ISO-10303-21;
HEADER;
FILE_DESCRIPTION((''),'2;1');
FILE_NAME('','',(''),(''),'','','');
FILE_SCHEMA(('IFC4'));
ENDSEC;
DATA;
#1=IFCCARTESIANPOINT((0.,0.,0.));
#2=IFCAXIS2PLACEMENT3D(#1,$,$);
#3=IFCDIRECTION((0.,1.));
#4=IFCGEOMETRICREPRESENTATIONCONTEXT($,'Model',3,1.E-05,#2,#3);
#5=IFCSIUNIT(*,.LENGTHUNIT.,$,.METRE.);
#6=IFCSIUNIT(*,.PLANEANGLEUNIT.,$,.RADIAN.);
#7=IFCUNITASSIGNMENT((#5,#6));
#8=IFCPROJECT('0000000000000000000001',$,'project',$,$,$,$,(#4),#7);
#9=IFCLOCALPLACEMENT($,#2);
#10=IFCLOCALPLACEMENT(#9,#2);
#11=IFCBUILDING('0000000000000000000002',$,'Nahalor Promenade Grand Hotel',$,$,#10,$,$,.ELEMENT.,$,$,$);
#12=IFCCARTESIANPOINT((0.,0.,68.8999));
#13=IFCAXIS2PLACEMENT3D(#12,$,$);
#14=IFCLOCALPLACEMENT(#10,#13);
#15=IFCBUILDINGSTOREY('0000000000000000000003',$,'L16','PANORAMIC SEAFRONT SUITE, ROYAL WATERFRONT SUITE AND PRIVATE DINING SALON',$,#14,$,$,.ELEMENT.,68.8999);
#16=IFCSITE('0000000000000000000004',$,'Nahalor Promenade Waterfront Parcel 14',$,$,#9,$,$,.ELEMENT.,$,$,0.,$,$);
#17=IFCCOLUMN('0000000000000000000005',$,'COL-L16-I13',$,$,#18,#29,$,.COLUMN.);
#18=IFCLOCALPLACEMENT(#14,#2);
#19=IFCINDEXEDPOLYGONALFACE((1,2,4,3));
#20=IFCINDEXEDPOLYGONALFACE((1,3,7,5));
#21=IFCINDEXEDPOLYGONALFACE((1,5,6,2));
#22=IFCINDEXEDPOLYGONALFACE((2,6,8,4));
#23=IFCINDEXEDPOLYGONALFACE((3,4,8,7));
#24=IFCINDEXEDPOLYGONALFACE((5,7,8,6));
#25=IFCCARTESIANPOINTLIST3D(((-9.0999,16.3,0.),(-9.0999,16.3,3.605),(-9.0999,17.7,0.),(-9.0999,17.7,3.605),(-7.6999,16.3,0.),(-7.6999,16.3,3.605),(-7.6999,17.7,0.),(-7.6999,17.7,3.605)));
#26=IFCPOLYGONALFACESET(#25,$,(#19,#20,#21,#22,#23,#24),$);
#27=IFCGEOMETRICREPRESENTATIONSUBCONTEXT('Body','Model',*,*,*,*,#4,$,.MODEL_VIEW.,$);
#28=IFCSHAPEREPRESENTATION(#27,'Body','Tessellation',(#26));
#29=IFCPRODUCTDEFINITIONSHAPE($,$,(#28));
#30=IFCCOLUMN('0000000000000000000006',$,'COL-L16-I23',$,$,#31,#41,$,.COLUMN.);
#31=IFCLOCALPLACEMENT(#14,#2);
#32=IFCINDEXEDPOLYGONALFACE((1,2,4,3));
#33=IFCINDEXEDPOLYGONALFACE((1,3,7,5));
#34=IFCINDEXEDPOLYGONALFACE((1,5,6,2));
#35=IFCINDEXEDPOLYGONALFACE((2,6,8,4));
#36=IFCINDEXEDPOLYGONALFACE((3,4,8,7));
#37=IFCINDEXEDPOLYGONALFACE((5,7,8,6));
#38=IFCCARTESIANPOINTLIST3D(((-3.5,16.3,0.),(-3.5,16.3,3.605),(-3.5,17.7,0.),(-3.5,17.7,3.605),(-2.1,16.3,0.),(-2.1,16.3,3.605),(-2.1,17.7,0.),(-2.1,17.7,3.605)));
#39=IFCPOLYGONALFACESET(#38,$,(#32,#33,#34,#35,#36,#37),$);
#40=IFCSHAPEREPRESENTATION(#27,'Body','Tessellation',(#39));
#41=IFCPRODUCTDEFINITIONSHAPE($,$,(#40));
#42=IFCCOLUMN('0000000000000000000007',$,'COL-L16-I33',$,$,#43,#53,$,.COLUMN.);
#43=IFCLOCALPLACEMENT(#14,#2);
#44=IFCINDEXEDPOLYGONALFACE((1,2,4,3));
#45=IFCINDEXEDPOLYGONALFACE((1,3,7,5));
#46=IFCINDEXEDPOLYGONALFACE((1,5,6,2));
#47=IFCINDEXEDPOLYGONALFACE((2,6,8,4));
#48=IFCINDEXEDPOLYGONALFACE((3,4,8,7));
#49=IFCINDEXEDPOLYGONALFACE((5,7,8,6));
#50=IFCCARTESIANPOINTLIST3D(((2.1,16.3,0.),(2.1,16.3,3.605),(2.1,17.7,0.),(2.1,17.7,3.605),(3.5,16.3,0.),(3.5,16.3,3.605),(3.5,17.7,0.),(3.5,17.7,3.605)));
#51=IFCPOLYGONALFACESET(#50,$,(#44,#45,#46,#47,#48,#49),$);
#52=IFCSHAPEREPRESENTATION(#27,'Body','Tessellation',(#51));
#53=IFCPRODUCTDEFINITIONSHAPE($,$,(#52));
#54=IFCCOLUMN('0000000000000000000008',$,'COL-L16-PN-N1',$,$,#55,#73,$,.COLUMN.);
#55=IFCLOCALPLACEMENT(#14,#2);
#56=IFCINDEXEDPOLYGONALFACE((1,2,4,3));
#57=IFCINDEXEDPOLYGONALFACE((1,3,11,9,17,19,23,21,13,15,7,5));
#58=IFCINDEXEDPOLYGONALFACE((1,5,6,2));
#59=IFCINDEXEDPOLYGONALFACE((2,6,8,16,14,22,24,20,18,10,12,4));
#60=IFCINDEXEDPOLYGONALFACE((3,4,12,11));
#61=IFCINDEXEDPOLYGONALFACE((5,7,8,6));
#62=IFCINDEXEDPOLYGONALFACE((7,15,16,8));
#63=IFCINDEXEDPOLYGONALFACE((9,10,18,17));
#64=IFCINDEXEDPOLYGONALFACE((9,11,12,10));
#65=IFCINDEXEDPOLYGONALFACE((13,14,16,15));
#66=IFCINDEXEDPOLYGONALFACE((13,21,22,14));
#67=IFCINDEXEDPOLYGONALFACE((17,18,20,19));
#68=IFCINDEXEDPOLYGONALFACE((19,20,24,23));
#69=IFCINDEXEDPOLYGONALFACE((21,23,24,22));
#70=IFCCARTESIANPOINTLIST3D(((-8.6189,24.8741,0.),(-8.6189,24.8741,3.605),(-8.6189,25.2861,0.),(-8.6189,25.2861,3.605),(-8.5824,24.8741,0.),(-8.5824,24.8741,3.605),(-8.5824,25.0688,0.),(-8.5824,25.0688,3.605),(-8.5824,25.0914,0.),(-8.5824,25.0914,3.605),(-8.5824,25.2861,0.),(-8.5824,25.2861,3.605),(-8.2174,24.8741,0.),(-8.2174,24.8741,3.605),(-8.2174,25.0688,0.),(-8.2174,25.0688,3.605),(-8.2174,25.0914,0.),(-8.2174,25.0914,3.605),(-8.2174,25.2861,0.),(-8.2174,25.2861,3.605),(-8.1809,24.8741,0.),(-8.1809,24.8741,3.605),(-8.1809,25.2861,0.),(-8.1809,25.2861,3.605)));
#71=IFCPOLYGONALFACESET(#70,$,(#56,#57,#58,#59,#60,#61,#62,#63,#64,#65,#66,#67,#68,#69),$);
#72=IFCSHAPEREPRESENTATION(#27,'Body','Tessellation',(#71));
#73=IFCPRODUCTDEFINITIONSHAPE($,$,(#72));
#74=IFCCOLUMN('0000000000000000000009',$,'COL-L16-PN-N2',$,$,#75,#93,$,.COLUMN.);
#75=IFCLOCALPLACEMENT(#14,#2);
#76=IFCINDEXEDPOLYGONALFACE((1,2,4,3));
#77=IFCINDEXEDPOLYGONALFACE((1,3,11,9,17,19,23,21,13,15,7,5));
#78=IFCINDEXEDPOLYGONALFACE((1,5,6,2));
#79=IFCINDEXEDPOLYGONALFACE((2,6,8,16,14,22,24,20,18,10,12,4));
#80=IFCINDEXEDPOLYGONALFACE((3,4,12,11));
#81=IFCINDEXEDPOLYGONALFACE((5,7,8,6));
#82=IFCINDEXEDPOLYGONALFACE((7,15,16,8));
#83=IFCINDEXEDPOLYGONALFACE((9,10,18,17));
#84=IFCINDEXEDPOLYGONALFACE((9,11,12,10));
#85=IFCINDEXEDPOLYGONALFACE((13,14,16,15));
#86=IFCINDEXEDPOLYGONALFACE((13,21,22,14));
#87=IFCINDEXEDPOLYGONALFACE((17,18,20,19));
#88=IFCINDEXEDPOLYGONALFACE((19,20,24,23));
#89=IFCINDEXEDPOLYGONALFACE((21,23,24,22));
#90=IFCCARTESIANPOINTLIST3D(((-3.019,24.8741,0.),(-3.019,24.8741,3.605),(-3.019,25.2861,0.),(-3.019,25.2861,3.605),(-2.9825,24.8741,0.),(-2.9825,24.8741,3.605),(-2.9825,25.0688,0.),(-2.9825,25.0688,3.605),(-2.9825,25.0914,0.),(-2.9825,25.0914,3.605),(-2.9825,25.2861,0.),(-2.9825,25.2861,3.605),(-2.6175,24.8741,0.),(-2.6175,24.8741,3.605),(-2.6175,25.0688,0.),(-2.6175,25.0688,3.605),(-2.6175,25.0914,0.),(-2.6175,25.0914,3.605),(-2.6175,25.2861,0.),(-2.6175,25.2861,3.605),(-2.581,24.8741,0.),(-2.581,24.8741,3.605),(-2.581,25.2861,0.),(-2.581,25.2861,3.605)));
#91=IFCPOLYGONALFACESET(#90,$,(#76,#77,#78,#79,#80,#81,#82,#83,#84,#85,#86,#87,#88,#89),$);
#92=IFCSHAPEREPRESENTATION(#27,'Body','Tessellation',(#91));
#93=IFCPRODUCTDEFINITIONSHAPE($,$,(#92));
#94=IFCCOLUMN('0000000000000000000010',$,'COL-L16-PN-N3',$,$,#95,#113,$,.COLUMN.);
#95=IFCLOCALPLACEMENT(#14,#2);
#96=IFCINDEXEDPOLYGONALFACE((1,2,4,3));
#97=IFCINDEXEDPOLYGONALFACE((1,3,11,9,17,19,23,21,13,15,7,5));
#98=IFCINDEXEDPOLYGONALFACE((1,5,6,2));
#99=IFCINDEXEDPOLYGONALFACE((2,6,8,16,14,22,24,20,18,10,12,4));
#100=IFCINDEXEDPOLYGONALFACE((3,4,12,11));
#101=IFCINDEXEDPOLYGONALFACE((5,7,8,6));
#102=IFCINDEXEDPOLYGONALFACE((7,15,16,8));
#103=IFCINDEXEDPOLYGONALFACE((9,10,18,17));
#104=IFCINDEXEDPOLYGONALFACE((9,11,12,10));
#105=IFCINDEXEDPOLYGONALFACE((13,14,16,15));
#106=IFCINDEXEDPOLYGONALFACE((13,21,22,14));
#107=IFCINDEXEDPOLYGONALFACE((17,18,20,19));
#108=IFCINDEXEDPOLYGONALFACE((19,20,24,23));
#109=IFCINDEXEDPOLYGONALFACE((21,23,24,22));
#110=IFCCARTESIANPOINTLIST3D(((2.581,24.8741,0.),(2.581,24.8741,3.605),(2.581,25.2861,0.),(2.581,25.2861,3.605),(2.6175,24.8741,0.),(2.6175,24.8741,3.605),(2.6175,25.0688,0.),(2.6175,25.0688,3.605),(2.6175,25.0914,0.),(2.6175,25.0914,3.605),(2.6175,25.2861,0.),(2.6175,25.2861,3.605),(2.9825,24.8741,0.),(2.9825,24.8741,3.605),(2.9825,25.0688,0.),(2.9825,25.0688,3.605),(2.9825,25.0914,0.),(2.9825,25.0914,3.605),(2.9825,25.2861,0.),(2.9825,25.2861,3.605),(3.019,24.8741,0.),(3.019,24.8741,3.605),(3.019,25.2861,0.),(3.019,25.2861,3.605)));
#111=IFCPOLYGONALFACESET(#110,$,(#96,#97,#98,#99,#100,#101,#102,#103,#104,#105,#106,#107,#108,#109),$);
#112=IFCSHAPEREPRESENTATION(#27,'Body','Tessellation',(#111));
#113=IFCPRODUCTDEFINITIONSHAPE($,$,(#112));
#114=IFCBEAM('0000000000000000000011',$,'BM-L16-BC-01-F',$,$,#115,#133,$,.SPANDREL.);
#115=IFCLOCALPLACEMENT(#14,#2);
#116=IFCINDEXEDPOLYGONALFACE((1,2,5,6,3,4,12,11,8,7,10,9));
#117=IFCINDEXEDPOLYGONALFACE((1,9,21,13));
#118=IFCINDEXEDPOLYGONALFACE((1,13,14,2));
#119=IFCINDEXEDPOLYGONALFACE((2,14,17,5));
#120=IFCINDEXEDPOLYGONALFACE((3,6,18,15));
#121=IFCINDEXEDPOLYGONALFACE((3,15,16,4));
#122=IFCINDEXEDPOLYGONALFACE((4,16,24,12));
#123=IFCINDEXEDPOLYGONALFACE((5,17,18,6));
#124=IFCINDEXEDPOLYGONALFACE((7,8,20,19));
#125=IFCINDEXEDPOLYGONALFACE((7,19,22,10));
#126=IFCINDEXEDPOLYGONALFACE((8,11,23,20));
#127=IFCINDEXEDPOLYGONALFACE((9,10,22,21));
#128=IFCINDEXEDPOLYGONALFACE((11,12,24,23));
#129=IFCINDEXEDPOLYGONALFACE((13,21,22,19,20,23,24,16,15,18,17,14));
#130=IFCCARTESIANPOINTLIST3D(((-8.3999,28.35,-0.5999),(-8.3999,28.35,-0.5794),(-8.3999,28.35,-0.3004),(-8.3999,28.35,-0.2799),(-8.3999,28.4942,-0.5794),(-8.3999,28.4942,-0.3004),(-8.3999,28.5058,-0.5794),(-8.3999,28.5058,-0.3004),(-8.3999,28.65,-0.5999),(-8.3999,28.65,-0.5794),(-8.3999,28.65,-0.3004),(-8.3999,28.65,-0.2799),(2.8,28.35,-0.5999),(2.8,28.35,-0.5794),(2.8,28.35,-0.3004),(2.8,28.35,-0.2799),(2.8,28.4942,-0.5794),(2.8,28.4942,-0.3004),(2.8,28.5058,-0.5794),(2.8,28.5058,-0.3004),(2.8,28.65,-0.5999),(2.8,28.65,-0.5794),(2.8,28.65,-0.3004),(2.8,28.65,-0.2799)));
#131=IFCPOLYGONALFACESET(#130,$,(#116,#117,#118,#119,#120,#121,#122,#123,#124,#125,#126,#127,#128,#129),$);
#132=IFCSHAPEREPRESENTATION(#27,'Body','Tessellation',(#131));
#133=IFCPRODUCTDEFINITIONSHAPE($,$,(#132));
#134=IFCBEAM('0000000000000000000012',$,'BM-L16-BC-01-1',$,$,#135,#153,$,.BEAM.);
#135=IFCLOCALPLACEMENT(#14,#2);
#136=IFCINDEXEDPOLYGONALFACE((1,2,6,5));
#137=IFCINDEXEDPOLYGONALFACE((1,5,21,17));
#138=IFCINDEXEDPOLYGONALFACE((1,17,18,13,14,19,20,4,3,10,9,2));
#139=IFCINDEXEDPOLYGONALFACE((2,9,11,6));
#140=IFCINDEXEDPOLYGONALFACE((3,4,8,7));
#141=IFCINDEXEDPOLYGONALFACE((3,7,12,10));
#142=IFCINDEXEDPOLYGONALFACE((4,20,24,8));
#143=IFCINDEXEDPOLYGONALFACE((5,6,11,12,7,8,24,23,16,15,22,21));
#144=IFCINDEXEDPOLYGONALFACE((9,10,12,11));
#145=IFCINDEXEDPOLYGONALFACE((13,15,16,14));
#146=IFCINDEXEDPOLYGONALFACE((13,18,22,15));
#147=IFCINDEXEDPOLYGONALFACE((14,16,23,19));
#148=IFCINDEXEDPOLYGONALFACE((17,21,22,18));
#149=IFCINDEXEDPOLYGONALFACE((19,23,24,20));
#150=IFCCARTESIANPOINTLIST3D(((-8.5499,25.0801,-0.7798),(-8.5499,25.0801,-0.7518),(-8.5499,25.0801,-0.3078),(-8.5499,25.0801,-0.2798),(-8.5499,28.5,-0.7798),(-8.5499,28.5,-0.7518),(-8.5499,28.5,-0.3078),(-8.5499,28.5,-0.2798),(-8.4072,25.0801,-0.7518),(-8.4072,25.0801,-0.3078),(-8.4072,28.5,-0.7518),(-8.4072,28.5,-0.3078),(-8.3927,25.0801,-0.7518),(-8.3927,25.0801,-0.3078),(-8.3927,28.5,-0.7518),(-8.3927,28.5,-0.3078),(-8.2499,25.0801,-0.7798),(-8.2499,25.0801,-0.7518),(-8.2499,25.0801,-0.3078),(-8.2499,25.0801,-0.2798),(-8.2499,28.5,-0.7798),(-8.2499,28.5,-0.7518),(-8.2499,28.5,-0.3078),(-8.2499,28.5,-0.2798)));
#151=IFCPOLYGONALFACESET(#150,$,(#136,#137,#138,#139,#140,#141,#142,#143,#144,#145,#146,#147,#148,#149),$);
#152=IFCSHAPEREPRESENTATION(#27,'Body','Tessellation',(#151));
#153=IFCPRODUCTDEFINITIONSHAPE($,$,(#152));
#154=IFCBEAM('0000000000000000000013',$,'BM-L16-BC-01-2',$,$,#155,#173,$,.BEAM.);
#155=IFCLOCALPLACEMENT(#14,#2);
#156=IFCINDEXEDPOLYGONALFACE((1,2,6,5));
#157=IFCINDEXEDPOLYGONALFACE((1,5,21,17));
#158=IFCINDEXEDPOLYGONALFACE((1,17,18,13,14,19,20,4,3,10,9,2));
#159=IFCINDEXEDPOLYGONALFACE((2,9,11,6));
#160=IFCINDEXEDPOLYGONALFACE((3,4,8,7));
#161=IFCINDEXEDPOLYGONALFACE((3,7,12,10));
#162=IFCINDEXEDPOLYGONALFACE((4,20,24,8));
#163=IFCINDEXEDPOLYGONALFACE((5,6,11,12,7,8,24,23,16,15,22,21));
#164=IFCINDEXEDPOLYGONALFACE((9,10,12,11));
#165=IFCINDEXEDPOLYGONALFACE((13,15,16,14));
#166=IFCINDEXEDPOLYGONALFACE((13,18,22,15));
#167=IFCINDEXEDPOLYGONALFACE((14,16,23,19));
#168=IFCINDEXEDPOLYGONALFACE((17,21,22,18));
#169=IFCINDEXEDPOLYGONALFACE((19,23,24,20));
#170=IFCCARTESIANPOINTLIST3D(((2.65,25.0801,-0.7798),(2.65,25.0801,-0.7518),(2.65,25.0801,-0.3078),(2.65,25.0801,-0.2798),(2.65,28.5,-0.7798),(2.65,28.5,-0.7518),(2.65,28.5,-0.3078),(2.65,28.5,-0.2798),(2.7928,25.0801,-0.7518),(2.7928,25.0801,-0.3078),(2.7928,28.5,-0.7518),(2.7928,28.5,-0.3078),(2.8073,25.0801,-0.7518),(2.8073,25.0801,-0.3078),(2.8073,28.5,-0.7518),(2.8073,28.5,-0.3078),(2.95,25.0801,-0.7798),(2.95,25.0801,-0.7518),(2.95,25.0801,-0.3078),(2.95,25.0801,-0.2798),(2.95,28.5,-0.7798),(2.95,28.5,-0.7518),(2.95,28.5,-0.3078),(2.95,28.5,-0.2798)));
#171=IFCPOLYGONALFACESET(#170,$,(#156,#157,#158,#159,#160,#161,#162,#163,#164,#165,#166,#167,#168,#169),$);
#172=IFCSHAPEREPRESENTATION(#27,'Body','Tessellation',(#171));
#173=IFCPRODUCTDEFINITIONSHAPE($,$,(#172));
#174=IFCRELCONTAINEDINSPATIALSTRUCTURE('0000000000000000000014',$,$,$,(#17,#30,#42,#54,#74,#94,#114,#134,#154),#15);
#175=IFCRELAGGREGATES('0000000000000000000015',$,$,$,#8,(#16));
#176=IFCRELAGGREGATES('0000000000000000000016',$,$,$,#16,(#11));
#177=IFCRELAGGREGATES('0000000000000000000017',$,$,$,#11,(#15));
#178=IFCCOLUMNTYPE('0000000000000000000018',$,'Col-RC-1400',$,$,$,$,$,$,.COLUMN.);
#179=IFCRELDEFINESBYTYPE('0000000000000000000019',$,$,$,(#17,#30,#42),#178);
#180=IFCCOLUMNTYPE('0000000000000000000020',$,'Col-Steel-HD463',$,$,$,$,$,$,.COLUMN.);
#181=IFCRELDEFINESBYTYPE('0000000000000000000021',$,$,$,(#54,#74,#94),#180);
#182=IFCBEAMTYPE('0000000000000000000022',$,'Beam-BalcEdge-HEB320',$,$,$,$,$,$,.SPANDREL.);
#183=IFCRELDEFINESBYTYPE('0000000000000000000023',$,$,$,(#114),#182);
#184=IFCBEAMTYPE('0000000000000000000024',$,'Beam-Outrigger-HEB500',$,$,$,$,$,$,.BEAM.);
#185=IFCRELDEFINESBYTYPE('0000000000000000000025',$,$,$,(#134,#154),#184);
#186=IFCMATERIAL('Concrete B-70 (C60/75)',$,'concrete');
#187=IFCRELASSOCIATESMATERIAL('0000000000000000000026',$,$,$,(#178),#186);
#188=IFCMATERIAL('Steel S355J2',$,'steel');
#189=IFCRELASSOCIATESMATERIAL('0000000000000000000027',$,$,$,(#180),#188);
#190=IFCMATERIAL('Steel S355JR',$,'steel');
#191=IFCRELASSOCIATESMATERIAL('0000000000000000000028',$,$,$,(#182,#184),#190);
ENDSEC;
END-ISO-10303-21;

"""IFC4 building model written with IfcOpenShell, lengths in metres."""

from ifc_helpers import new_model, si_unit, direction, frame, origin, origin_2d, place, context, subcontext, project, spatial, rectangle, i_section, extrude, source, transform, mapped, material, material_profile, profile_set, type_object, element, save


model = new_model("IFC4")

# Units and contexts
model_context = context("Model", 3, precision=1e-05, world=origin(), true_north=direction((0.0, 1.0)))
body_context = subcontext(model_context, "Body", "Model", "MODEL_VIEW")
ifc_project = project(units=[si_unit("LENGTHUNIT", "METRE"), si_unit("PLANEANGLEUNIT", "RADIAN")], contexts=[model_context])

# Site, building, storey
site_placement = place(None, origin())
site = spatial("IfcSite", under=ifc_project, at=site_placement, Name="Nahalor Promenade Waterfront Parcel 14", CompositionType="ELEMENT", RefElevation=0.0)
building_placement = place(site_placement, origin())
building = spatial("IfcBuilding", under=site, at=building_placement, Name="Nahalor Promenade Grand Hotel", CompositionType="ELEMENT")
storey_placement = place(building_placement, frame((0.0, 0.0, 68.8999)))
storey = spatial("IfcBuildingStorey", under=building, at=storey_placement, Name="L16", Description="PANORAMIC SEAFRONT SUITE, ROYAL WATERFRONT SUITE AND PRIVATE DINING SALON", CompositionType="ELEMENT", Elevation=68.8999)

# Columns
ifc_material_1 = material(Name="Concrete B-70 (C60/75)", Category="concrete")
ifc_material_profile_1 = material_profile(ifc_material_1, rectangle(XDim=1.4, YDim=1.4, at=origin_2d()), Name="RC 1400x1400")
ifc_profile_set_1 = profile_set([ifc_material_profile_1], Name="Concrete B-70 (C60/75)")
column_type_1 = type_object("IfcColumnType", Name="Col-RC-1400", PredefinedType="COLUMN", material=ifc_profile_set_1)
shared_shape_1 = source(origin(), body_context, "Body", "SweptSolid", [
    extrude(rectangle(XDim=1.4, YDim=1.4, at=origin_2d()), origin(), (0.0, 0.0, 1.0), 3.605),
])
for number, where, z_axis, x_axis, name in (
    (1, (-8.3999, 17.0, 0.0), (0.0, 0.0, 1.0), (1.0, 0.0, 0.0), "COL-L16-I13"),
    (2, (-2.8, 17.0, 0.0), (0.0, 0.0, 1.0), (1.0, 0.0, 0.0), "COL-L16-I23"),
    (3, (2.8, 17.0, 0.0), (0.0, 0.0, 1.0), (1.0, 0.0, 0.0), "COL-L16-I33"),
):
    element("IfcColumn", number, at=place(storey_placement, frame(where, z_axis=z_axis, x_axis=x_axis)), inside=storey, type_object=column_type_1, Name=name, PredefinedType="COLUMN", context=body_context, shape_type="MappedRepresentation", body=[
        mapped(shared_shape_1, transform((0.0, 0.0, 0.0), scale=1.0)),
    ])
ifc_material_2 = material(Name="Steel S355J2", Category="steel")
ifc_material_profile_2 = material_profile(ifc_material_2, i_section(OverallWidth=0.412, OverallDepth=0.438, WebThickness=0.0226, FlangeThickness=0.0365, at=origin_2d()), Name="HD 400x463")
ifc_profile_set_2 = profile_set([ifc_material_profile_2], Name="Steel S355J2")
column_type_2 = type_object("IfcColumnType", Name="Col-Steel-HD463", PredefinedType="COLUMN", material=ifc_profile_set_2)
shared_shape_2 = source(origin(), body_context, "Body", "SweptSolid", [
    extrude(i_section(OverallWidth=0.412, OverallDepth=0.438, WebThickness=0.0226, FlangeThickness=0.0365, at=origin_2d()), origin(), (0.0, 0.0, 1.0), 3.605),
])
for number, where, z_axis, x_axis, name in (
    (4, (-8.3999, 25.0801, 0.0), (0.0, 0.0, 1.0), (0.0, 1.0, 0.0), "COL-L16-PN-N1"),
    (5, (-2.8, 25.0801, 0.0), (0.0, 0.0, 1.0), (0.0, 1.0, 0.0), "COL-L16-PN-N2"),
    (6, (2.8, 25.0801, 0.0), (0.0, 0.0, 1.0), (0.0, 1.0, 0.0), "COL-L16-PN-N3"),
):
    element("IfcColumn", number, at=place(storey_placement, frame(where, z_axis=z_axis, x_axis=x_axis)), inside=storey, type_object=column_type_2, Name=name, PredefinedType="COLUMN", context=body_context, shape_type="MappedRepresentation", body=[
        mapped(shared_shape_2, transform((0.0, 0.0, 0.0), scale=1.0)),
    ])

# Beams
ifc_material_3 = material(Name="Steel S355JR", Category="steel")
ifc_material_profile_3 = material_profile(ifc_material_3, i_section(OverallWidth=0.3, OverallDepth=0.32, WebThickness=0.0115, FlangeThickness=0.0205, at=origin_2d()), Name="HEB 320")
ifc_profile_set_3 = profile_set([ifc_material_profile_3], Name="Steel S355JR")
beam_type_1 = type_object("IfcBeamType", Name="Beam-BalcEdge-HEB320", PredefinedType="SPANDREL", material=ifc_profile_set_3)
shared_shape_3 = source(origin(), body_context, "Body", "SweptSolid", [
    extrude(i_section(OverallWidth=0.3, OverallDepth=0.32, WebThickness=0.0115, FlangeThickness=0.0205, at=origin_2d()), origin(), (0.0, 0.0, 1.0), 11.2),
])
beam_1_placement = place(storey_placement, frame((-8.3999, 28.5, -0.4399), z_axis=(1.0, 0.0, 0.0), x_axis=(0.0, 1.0, 0.0)))
element("IfcBeam", 7, at=beam_1_placement, inside=storey, type_object=beam_type_1, Name="BM-L16-BC-01-F", PredefinedType="SPANDREL", context=body_context, shape_type="MappedRepresentation", body=[
    mapped(shared_shape_3, transform((0.0, 0.0, 0.0), scale=1.0)),
])
ifc_material_profile_4 = material_profile(ifc_material_3, i_section(OverallWidth=0.3, OverallDepth=0.5, WebThickness=0.0145, FlangeThickness=0.028, at=origin_2d()), Name="HEB 500")
ifc_profile_set_4 = profile_set([ifc_material_profile_4], Name="Steel S355JR")
beam_type_2 = type_object("IfcBeamType", Name="Beam-Outrigger-HEB500", PredefinedType="BEAM", material=ifc_profile_set_4)
shared_shape_4 = source(origin(), body_context, "Body", "SweptSolid", [
    extrude(i_section(OverallWidth=0.3, OverallDepth=0.5, WebThickness=0.0145, FlangeThickness=0.028, at=origin_2d()), origin(), (0.0, 0.0, 1.0), 3.4199),
])
for number, where, z_axis, x_axis, name in (
    (8, (-8.3999, 25.0801, -0.5298), (0.0, 1.0, 0.0), (-1.0, 0.0, 0.0), "BM-L16-BC-01-1"),
    (9, (2.8, 25.0801, -0.5298), (0.0, 1.0, 0.0), (-1.0, 0.0, 0.0), "BM-L16-BC-01-2"),
):
    element("IfcBeam", number, at=place(storey_placement, frame(where, z_axis=z_axis, x_axis=x_axis)), inside=storey, type_object=beam_type_2, Name=name, PredefinedType="BEAM", context=body_context, shape_type="MappedRepresentation", body=[
        mapped(shared_shape_4, transform((0.0, 0.0, 0.0), scale=1.0)),
    ])

save(model, "model.ifc")
